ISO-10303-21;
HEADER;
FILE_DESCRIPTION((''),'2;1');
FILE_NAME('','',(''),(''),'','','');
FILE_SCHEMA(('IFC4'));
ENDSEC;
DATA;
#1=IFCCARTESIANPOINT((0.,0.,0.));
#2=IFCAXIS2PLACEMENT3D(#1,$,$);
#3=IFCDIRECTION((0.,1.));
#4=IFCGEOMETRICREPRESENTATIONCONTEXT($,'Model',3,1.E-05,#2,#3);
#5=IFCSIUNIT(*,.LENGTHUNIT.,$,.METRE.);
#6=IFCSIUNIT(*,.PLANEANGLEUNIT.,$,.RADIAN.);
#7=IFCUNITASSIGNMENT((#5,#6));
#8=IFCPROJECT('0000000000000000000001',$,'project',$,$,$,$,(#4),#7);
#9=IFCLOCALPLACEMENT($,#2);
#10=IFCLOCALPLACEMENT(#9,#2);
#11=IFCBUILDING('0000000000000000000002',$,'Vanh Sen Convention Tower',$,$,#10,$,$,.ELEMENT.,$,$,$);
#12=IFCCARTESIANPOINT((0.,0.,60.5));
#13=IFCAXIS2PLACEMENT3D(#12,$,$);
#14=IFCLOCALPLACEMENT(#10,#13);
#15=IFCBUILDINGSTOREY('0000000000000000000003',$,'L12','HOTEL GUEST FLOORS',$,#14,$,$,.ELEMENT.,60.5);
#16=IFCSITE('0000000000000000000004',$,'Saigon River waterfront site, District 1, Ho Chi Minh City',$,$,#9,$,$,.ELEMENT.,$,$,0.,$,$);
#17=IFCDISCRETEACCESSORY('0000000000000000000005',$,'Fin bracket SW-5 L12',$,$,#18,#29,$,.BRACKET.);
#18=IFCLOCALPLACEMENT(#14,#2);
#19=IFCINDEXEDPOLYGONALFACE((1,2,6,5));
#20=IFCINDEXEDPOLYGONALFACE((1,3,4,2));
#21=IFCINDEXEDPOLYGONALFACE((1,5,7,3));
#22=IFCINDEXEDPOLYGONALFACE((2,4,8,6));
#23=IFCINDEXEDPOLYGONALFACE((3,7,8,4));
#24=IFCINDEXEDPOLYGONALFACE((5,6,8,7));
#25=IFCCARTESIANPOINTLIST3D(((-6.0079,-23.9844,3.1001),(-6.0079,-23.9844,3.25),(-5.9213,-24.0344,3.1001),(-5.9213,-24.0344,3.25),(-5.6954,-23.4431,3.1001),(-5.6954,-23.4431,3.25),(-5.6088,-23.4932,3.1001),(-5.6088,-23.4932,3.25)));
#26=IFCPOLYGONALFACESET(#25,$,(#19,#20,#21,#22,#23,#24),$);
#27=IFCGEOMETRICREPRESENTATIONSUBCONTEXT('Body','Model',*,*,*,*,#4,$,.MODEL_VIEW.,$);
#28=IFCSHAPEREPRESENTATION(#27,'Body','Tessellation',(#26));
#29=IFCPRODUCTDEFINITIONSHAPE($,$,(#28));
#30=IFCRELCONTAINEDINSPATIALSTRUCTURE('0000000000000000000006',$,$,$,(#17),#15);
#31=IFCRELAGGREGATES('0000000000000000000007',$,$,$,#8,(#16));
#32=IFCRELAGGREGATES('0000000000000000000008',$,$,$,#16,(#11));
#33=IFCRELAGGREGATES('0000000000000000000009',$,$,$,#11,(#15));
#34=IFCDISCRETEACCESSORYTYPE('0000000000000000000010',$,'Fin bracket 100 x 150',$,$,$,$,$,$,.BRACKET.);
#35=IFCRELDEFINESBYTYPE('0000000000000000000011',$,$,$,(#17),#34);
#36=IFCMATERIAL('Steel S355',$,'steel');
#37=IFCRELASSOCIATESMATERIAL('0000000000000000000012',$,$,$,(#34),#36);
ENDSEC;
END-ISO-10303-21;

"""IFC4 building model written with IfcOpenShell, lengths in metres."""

from ifc_helpers import new_model, si_unit, direction, frame, origin, origin_2d, place, context, subcontext, project, spatial, rectangle, extrude, material, type_object, element, save


model = new_model("IFC4")

# Units and contexts
model_context = context("Model", 3, precision=1e-05, world=origin(), true_north=direction((0.0, 1.0)))
body_context = subcontext(model_context, "Body", "Model", "MODEL_VIEW")
ifc_project = project(units=[si_unit("LENGTHUNIT", "METRE"), si_unit("PLANEANGLEUNIT", "RADIAN")], contexts=[model_context])

# Site, building, storey
site_placement = place(None, origin())
site = spatial("IfcSite", under=ifc_project, at=site_placement, Name="Saigon River waterfront site, District 1, Ho Chi Minh City", CompositionType="ELEMENT", RefElevation=0.0)
building_placement = place(site_placement, origin())
building = spatial("IfcBuilding", under=site, at=building_placement, Name="Vanh Sen Convention Tower", CompositionType="ELEMENT")
storey_placement = place(building_placement, frame((0.0, 0.0, 60.5)))
storey = spatial("IfcBuildingStorey", under=building, at=storey_placement, Name="L12", Description="HOTEL GUEST FLOORS", CompositionType="ELEMENT", Elevation=60.5)

# Discrete accessory
ifc_material_1 = material(Name="Steel S355", Category="steel")
discrete_accessory_type = type_object("IfcDiscreteAccessoryType", Name="Fin bracket 100 x 150", PredefinedType="BRACKET", material=ifc_material_1)
discrete_accessory_placement = place(storey_placement, frame((-5.8083, -23.7388, 3.1001), z_axis=(0.0, 0.0, 1.0), x_axis=(-0.5, -0.866025, 0.0)))
element("IfcDiscreteAccessory", 1, at=discrete_accessory_placement, inside=storey, type_object=discrete_accessory_type, Name="Fin bracket SW-5 L12", PredefinedType="BRACKET", context=body_context, shape_type="SweptSolid", body=[
    extrude(rectangle(XDim=0.625, YDim=0.1001, at=origin_2d()), origin(), (0.0, 0.0, 1.0), 0.1499),
])

save(model, "model.ifc")
